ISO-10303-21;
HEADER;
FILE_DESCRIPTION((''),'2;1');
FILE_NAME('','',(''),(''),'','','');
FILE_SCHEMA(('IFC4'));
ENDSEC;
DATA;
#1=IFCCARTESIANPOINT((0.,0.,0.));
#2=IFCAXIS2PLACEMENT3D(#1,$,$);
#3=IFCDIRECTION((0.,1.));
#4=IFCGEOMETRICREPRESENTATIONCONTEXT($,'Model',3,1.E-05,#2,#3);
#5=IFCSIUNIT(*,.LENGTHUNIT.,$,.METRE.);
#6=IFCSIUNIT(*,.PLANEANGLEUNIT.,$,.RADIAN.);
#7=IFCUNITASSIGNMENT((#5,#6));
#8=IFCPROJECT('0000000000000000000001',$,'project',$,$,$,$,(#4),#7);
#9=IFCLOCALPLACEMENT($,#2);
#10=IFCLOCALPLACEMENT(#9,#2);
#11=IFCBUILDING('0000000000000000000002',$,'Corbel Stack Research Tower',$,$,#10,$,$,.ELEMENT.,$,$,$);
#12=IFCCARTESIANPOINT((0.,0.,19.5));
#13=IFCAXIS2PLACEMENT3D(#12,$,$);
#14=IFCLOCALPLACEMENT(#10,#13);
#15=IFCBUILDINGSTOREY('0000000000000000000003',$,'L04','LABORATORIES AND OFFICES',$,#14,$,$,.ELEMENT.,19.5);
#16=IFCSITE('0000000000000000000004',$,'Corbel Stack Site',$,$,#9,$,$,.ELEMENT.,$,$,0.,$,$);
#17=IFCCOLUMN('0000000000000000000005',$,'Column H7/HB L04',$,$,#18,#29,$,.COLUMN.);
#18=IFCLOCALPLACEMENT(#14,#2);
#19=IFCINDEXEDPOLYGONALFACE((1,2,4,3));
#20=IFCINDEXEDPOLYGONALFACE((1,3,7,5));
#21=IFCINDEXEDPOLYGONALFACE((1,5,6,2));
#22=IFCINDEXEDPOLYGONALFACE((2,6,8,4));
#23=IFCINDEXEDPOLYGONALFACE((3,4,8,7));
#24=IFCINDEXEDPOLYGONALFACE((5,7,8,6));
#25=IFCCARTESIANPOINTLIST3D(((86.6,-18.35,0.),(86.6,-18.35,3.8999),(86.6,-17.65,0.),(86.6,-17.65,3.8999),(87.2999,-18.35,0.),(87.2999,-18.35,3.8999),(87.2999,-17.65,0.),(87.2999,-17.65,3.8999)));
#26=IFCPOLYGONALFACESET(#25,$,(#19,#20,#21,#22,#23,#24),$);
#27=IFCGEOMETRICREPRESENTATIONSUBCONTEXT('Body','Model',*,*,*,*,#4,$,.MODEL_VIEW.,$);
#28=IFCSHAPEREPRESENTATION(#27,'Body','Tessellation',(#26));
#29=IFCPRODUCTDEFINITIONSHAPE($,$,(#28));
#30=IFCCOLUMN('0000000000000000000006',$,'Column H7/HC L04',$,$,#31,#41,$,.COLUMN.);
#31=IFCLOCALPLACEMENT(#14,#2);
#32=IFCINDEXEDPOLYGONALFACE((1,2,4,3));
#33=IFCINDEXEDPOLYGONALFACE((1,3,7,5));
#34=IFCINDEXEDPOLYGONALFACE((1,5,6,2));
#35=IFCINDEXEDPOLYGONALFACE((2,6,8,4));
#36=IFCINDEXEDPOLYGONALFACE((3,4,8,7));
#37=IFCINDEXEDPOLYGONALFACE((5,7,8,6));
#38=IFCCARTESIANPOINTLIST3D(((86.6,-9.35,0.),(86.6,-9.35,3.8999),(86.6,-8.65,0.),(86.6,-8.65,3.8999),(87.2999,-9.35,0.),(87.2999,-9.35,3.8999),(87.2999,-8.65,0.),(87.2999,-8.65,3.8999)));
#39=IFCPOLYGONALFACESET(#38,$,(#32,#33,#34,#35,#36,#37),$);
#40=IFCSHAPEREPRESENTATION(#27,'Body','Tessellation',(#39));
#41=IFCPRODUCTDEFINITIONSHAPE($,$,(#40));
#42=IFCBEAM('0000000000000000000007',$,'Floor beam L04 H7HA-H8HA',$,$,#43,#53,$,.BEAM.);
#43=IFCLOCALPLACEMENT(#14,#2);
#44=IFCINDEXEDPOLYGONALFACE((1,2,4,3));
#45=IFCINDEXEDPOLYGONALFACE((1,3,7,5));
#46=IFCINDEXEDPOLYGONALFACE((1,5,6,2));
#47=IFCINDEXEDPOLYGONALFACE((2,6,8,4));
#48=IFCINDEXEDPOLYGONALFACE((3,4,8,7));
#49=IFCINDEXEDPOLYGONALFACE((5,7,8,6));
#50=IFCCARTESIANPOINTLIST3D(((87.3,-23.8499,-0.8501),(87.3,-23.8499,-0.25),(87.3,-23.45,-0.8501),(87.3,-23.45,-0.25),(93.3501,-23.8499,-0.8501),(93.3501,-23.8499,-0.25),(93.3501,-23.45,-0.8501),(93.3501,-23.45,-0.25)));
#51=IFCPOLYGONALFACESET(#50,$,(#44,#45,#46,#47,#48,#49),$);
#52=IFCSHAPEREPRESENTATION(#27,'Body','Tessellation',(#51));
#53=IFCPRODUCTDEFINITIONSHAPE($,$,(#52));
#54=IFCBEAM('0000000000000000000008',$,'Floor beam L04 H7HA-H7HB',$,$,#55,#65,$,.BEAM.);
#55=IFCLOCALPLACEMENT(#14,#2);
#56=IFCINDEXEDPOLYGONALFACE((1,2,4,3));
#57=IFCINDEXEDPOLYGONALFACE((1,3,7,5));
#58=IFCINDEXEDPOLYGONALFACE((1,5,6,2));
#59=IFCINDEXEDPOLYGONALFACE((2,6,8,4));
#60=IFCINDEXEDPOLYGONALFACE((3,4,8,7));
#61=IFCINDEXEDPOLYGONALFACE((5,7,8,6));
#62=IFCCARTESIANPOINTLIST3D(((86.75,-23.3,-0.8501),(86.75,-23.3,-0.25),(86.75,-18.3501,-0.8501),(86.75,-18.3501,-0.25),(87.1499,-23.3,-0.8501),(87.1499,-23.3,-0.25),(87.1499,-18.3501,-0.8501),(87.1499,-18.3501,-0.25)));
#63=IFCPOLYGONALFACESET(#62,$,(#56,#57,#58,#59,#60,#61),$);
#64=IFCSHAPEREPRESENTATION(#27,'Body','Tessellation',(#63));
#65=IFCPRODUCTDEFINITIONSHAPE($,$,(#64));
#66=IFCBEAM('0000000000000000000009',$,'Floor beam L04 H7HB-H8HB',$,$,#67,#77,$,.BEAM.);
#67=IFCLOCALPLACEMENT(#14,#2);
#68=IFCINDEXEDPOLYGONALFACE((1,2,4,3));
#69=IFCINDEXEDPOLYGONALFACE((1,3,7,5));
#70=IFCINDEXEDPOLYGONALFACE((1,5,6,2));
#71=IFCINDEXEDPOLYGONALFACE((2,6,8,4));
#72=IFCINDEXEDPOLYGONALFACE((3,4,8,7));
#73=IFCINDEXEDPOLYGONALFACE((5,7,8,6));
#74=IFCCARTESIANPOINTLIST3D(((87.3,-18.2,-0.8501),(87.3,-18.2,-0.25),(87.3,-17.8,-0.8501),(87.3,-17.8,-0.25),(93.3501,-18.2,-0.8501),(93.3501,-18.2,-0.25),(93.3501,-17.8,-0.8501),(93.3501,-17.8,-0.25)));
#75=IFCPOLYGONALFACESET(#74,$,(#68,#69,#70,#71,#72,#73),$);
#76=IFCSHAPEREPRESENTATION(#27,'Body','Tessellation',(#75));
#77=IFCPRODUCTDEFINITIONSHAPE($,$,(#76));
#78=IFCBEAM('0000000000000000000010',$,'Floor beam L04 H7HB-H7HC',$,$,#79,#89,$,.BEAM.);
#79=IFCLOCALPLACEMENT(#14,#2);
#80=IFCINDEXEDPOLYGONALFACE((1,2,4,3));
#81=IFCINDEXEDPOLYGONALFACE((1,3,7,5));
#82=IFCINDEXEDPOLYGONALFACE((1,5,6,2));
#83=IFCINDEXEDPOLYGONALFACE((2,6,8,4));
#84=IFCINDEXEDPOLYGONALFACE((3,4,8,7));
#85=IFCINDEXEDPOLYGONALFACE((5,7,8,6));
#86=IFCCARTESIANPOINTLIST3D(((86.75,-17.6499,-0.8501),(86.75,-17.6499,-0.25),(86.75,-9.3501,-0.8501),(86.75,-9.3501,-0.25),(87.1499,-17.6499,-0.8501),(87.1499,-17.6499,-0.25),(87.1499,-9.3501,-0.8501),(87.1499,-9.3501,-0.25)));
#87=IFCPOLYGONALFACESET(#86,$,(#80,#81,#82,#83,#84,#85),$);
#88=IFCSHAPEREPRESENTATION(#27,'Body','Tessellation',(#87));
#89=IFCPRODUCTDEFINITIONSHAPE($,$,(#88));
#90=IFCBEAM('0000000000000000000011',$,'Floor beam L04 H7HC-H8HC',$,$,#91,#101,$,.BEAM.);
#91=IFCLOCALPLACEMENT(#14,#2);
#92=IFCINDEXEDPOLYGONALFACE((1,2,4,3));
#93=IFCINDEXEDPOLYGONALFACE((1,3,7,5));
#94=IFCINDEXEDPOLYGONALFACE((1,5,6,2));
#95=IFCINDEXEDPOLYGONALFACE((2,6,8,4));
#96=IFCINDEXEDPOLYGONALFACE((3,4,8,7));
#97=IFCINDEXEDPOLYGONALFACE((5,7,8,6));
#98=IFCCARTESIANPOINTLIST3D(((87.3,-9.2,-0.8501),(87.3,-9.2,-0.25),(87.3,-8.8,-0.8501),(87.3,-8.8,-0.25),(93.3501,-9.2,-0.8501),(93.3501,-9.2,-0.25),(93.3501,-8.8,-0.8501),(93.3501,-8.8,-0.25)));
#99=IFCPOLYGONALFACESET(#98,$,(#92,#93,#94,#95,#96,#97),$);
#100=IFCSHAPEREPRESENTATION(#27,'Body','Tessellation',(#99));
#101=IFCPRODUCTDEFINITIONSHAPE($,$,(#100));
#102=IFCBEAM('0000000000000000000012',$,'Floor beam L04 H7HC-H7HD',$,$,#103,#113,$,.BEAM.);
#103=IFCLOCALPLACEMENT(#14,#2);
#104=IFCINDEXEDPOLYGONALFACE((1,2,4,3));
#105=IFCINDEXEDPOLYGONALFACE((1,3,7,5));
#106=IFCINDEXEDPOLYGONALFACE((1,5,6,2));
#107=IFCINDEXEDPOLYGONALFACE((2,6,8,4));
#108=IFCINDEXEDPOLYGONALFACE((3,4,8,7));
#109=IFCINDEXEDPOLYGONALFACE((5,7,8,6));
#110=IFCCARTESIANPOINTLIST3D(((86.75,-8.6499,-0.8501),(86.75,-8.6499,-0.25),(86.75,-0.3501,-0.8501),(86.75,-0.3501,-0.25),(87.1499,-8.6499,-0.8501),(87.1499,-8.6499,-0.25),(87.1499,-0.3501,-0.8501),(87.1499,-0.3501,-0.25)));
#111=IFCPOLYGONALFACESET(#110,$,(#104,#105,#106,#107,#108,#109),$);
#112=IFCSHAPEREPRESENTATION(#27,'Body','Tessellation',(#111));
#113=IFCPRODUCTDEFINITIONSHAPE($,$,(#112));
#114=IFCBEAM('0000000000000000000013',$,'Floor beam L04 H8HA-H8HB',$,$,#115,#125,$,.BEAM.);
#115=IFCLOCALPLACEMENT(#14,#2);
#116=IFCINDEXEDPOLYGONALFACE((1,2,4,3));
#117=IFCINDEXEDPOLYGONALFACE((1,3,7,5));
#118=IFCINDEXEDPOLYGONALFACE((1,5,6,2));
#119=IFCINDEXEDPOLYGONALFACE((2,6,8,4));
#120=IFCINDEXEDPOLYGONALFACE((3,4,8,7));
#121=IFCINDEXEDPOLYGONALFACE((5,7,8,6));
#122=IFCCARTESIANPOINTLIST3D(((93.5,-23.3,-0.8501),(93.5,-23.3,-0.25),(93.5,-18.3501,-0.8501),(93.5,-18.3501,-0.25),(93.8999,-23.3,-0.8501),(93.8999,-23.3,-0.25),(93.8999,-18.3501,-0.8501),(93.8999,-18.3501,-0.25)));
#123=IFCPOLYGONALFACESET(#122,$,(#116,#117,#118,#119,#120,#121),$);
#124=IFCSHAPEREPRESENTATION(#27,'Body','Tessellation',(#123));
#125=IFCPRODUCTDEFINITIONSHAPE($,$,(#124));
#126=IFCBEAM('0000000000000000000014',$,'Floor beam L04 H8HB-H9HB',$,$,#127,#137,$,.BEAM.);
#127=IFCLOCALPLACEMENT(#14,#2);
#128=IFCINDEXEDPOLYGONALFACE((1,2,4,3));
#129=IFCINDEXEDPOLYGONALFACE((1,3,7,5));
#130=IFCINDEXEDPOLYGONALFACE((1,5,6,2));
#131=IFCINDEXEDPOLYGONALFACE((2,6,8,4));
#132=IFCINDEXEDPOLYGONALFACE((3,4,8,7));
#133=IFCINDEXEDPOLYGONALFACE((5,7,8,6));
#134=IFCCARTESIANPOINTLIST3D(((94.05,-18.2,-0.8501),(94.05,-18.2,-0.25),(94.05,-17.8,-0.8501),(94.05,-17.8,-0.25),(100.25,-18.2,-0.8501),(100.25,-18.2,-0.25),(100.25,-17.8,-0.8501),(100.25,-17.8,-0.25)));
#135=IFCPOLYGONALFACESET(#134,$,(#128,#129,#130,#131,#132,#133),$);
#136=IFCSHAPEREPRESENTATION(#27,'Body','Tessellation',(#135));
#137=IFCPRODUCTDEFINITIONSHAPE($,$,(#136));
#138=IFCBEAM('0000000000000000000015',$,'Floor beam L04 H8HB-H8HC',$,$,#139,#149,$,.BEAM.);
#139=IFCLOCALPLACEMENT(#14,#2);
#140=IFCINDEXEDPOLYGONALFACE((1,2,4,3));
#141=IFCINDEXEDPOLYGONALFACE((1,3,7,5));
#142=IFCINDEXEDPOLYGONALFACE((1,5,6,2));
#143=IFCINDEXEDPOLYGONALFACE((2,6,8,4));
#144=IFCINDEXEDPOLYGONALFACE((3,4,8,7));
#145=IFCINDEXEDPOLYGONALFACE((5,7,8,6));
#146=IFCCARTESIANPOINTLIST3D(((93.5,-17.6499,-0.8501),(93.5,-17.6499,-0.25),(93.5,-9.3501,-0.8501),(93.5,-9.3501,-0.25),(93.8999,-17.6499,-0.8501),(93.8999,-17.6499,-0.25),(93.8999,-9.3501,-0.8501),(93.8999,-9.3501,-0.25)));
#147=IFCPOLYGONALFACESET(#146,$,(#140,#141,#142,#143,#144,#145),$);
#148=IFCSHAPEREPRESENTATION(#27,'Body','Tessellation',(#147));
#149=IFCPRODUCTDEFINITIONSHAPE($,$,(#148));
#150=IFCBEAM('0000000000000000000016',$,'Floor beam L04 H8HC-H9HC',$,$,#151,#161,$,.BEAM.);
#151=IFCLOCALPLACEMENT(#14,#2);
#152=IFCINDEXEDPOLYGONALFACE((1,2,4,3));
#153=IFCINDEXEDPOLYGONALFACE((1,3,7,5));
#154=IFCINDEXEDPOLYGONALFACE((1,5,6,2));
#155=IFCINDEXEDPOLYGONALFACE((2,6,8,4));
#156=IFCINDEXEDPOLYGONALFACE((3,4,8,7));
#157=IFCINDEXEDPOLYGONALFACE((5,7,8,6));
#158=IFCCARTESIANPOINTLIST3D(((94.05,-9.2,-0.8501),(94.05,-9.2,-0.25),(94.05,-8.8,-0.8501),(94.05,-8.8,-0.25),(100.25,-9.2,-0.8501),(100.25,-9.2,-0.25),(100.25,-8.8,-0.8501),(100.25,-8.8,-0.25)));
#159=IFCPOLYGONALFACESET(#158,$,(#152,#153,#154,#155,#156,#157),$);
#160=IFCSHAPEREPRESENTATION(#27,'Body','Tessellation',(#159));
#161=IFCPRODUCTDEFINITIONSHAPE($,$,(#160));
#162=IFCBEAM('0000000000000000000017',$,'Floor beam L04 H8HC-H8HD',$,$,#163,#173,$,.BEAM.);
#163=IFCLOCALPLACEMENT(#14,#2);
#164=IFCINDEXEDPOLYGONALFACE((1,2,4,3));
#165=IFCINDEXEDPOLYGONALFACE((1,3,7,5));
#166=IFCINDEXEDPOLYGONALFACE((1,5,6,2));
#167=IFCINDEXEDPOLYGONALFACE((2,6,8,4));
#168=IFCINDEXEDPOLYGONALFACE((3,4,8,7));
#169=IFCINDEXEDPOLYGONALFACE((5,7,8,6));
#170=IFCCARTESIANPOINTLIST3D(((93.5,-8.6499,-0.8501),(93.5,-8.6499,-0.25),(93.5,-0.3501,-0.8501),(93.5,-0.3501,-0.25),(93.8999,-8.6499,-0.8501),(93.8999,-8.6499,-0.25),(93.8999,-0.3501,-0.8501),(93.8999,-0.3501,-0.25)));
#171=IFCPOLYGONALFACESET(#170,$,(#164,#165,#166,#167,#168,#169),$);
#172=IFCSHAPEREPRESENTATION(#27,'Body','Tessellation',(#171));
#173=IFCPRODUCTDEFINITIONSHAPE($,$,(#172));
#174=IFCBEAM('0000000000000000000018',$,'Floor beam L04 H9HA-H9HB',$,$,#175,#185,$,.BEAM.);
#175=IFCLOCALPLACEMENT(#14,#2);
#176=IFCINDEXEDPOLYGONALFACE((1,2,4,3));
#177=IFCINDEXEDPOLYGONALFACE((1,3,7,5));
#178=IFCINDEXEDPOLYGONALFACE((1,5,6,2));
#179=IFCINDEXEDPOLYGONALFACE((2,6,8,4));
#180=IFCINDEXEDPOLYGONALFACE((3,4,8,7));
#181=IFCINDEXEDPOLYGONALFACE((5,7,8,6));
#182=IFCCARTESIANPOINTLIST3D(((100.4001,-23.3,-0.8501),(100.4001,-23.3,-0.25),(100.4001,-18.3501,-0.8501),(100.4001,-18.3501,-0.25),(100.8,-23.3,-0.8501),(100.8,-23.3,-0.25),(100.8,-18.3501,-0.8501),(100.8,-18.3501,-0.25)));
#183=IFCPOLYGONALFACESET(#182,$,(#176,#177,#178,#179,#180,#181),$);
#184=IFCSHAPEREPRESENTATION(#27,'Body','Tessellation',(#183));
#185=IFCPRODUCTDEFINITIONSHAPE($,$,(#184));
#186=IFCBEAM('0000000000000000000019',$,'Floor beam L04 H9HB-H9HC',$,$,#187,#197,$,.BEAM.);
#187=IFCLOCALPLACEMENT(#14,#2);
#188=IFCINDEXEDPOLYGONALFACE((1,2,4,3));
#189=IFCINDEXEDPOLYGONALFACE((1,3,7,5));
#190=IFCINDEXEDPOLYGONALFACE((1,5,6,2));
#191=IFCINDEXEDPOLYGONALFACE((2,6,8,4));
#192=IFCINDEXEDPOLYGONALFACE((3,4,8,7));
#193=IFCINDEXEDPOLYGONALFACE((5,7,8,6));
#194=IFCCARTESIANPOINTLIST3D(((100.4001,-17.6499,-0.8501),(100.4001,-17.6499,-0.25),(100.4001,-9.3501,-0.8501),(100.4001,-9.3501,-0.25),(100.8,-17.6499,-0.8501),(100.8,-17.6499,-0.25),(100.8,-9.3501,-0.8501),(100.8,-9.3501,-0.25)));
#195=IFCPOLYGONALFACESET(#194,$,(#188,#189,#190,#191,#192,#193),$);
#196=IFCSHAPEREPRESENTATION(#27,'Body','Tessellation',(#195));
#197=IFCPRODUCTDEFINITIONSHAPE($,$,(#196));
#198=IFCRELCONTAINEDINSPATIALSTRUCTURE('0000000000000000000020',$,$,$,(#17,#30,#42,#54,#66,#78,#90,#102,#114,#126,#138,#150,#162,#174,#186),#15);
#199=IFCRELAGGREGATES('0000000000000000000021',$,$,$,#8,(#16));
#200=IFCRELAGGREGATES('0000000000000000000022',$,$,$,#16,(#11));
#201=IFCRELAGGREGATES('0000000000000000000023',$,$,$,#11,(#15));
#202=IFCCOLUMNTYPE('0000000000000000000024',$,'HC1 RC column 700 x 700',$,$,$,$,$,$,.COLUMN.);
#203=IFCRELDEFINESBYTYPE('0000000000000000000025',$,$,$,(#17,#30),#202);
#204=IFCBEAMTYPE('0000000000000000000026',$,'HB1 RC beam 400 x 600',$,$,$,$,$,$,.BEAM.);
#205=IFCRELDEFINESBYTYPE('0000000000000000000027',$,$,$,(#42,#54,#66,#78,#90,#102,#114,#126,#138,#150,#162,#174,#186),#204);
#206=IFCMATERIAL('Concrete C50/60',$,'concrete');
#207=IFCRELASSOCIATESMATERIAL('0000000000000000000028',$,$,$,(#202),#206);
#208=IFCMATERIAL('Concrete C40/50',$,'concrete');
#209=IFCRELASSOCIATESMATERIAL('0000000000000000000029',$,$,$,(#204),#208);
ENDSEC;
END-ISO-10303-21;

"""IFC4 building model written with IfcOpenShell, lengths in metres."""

from ifc_helpers import new_model, si_unit, direction, frame, origin, origin_2d, place, context, subcontext, project, spatial, rectangle, extrude, material, material_profile, profile_set, type_object, element, save


model = new_model("IFC4")

# Units and contexts
model_context = context("Model", 3, precision=1e-05, world=origin(), true_north=direction((0.0, 1.0)))
body_context = subcontext(model_context, "Body", "Model", "MODEL_VIEW")
ifc_project = project(units=[si_unit("LENGTHUNIT", "METRE"), si_unit("PLANEANGLEUNIT", "RADIAN")], contexts=[model_context])

# Site, building, storey
site_placement = place(None, origin())
site = spatial("IfcSite", under=ifc_project, at=site_placement, Name="Corbel Stack Site", CompositionType="ELEMENT", RefElevation=0.0)
building_placement = place(site_placement, origin())
building = spatial("IfcBuilding", under=site, at=building_placement, Name="Corbel Stack Research Tower", CompositionType="ELEMENT")
storey_placement = place(building_placement, frame((0.0, 0.0, 19.5)))
storey = spatial("IfcBuildingStorey", under=building, at=storey_placement, Name="L04", Description="LABORATORIES AND OFFICES", CompositionType="ELEMENT", Elevation=19.5)

# Columns
ifc_material_1 = material(Name="Concrete C50/60", Category="concrete")
ifc_material_profile_1 = material_profile(ifc_material_1, rectangle(XDim=0.7, YDim=0.7, at=origin_2d()), Name="RC 700 x 700")
ifc_profile_set_1 = profile_set([ifc_material_profile_1], Name="Concrete C50/60")
column_type = type_object("IfcColumnType", Name="HC1 RC column 700 x 700", PredefinedType="COLUMN", material=ifc_profile_set_1)
for number, where, z_axis, x_axis, name in (
    (1, (86.95, -18.0, 0.0), (0.0, 0.0, 1.0), (1.0, 0.0, 0.0), "Column H7/HB L04"),
    (2, (86.95, -9.0, 0.0), (0.0, 0.0, 1.0), (1.0, 0.0, 0.0), "Column H7/HC L04"),
):
    element("IfcColumn", number, at=place(storey_placement, frame(where, z_axis=z_axis, x_axis=x_axis)), inside=storey, type_object=column_type, Name=name, PredefinedType="COLUMN", context=body_context, shape_type="SweptSolid", body=[
        extrude(rectangle(XDim=0.7, YDim=0.7, at=origin_2d()), origin(), (0.0, 0.0, 1.0), 3.8999),
    ])

# Beams
ifc_material_2 = material(Name="Concrete C40/50", Category="concrete")
ifc_material_profile_2 = material_profile(ifc_material_2, rectangle(XDim=0.3999, YDim=0.6001, at=origin_2d()), Name="RC 400 x 600")
ifc_profile_set_2 = profile_set([ifc_material_profile_2], Name="Concrete C40/50")
beam_type_1 = type_object("IfcBeamType", Name="HB1 RC beam 400 x 600", PredefinedType="BEAM", material=ifc_profile_set_2)
beam_1_placement = place(storey_placement, frame((87.3, -23.6499, -0.55), z_axis=(1.0, 0.0, 0.0), x_axis=(0.0, 1.0, 0.0)))
element("IfcBeam", 3, at=beam_1_placement, inside=storey, type_object=beam_type_1, Name="Floor beam L04 H7HA-H8HA", PredefinedType="BEAM", context=body_context, shape_type="SweptSolid", body=[
    extrude(rectangle(XDim=0.3999, YDim=0.6001, at=origin_2d()), origin(), (0.0, 0.0, 1.0), 6.05),
])
beam_2_placement = place(storey_placement, frame((86.95, -23.3, -0.55), z_axis=(0.0, 1.0, 0.0), x_axis=(-1.0, 0.0, 0.0)))
element("IfcBeam", 4, at=beam_2_placement, inside=storey, type_object=beam_type_1, Name="Floor beam L04 H7HA-H7HB", PredefinedType="BEAM", context=body_context, shape_type="SweptSolid", body=[
    extrude(rectangle(XDim=0.3999, YDim=0.6001, at=origin_2d()), origin(), (0.0, 0.0, 1.0), 4.95),
])
beam_3_placement = place(storey_placement, frame((87.3, -18.0, -0.55), z_axis=(1.0, 0.0, 0.0), x_axis=(0.0, 1.0, 0.0)))
element("IfcBeam", 5, at=beam_3_placement, inside=storey, type_object=beam_type_1, Name="Floor beam L04 H7HB-H8HB", PredefinedType="BEAM", context=body_context, shape_type="SweptSolid", body=[
    extrude(rectangle(XDim=0.3999, YDim=0.6001, at=origin_2d()), origin(), (0.0, 0.0, 1.0), 6.05),
])
beam_4_placement = place(storey_placement, frame((86.95, -17.6499, -0.55), z_axis=(0.0, 1.0, 0.0), x_axis=(-1.0, 0.0, 0.0)))
element("IfcBeam", 6, at=beam_4_placement, inside=storey, type_object=beam_type_1, Name="Floor beam L04 H7HB-H7HC", PredefinedType="BEAM", context=body_context, shape_type="SweptSolid", body=[
    extrude(rectangle(XDim=0.3999, YDim=0.6001, at=origin_2d()), origin(), (0.0, 0.0, 1.0), 8.2998),
])
beam_5_placement = place(storey_placement, frame((87.3, -9.0, -0.55), z_axis=(1.0, 0.0, 0.0), x_axis=(0.0, 1.0, 0.0)))
element("IfcBeam", 7, at=beam_5_placement, inside=storey, type_object=beam_type_1, Name="Floor beam L04 H7HC-H8HC", PredefinedType="BEAM", context=body_context, shape_type="SweptSolid", body=[
    extrude(rectangle(XDim=0.3999, YDim=0.6001, at=origin_2d()), origin(), (0.0, 0.0, 1.0), 6.05),
])
beam_6_placement = place(storey_placement, frame((86.95, -8.6499, -0.55), z_axis=(0.0, 1.0, 0.0), x_axis=(-1.0, 0.0, 0.0)))
element("IfcBeam", 8, at=beam_6_placement, inside=storey, type_object=beam_type_1, Name="Floor beam L04 H7HC-H7HD", PredefinedType="BEAM", context=body_context, shape_type="SweptSolid", body=[
    extrude(rectangle(XDim=0.3999, YDim=0.6001, at=origin_2d()), origin(), (0.0, 0.0, 1.0), 8.2998),
])
beam_7_placement = place(storey_placement, frame((93.7, -23.3, -0.55), z_axis=(0.0, 1.0, 0.0), x_axis=(-1.0, 0.0, 0.0)))
element("IfcBeam", 9, at=beam_7_placement, inside=storey, type_object=beam_type_1, Name="Floor beam L04 H8HA-H8HB", PredefinedType="BEAM", context=body_context, shape_type="SweptSolid", body=[
    extrude(rectangle(XDim=0.3999, YDim=0.6001, at=origin_2d()), origin(), (0.0, 0.0, 1.0), 4.95),
])
beam_8_placement = place(storey_placement, frame((94.05, -18.0, -0.55), z_axis=(1.0, 0.0, 0.0), x_axis=(0.0, 1.0, 0.0)))
element("IfcBeam", 10, at=beam_8_placement, inside=storey, type_object=beam_type_1, Name="Floor beam L04 H8HB-H9HB", PredefinedType="BEAM", context=body_context, shape_type="SweptSolid", body=[
    extrude(rectangle(XDim=0.3999, YDim=0.6001, at=origin_2d()), origin(), (0.0, 0.0, 1.0), 6.2),
])
beam_9_placement = place(storey_placement, frame((93.7, -17.6499, -0.55), z_axis=(0.0, 1.0, 0.0), x_axis=(-1.0, 0.0, 0.0)))
element("IfcBeam", 11, at=beam_9_placement, inside=storey, type_object=beam_type_1, Name="Floor beam L04 H8HB-H8HC", PredefinedType="BEAM", context=body_context, shape_type="SweptSolid", body=[
    extrude(rectangle(XDim=0.3999, YDim=0.6001, at=origin_2d()), origin(), (0.0, 0.0, 1.0), 8.2998),
])
beam_10_placement = place(storey_placement, frame((94.05, -9.0, -0.55), z_axis=(1.0, 0.0, 0.0), x_axis=(0.0, 1.0, 0.0)))
element("IfcBeam", 12, at=beam_10_placement, inside=storey, type_object=beam_type_1, Name="Floor beam L04 H8HC-H9HC", PredefinedType="BEAM", context=body_context, shape_type="SweptSolid", body=[
    extrude(rectangle(XDim=0.3999, YDim=0.6001, at=origin_2d()), origin(), (0.0, 0.0, 1.0), 6.2),
])
beam_11_placement = place(storey_placement, frame((93.7, -8.6499, -0.55), z_axis=(0.0, 1.0, 0.0), x_axis=(-1.0, 0.0, 0.0)))
element("IfcBeam", 13, at=beam_11_placement, inside=storey, type_object=beam_type_1, Name="Floor beam L04 H8HC-H8HD", PredefinedType="BEAM", context=body_context, shape_type="SweptSolid", body=[
    extrude(rectangle(XDim=0.3999, YDim=0.6001, at=origin_2d()), origin(), (0.0, 0.0, 1.0), 8.2998),
])
beam_12_placement = place(storey_placement, frame((100.6001, -23.3, -0.55), z_axis=(0.0, 1.0, 0.0), x_axis=(-1.0, 0.0, 0.0)))
element("IfcBeam", 14, at=beam_12_placement, inside=storey, type_object=beam_type_1, Name="Floor beam L04 H9HA-H9HB", PredefinedType="BEAM", context=body_context, shape_type="SweptSolid", body=[
    extrude(rectangle(XDim=0.3999, YDim=0.6001, at=origin_2d()), origin(), (0.0, 0.0, 1.0), 4.95),
])
for number, where, z_axis, x_axis, name in (
    (15, (100.6001, -17.6499, -0.55), (0.0, 1.0, 0.0), (-1.0, 0.0, 0.0), "Floor beam L04 H9HB-H9HC"),
):
    element("IfcBeam", number, at=place(storey_placement, frame(where, z_axis=z_axis, x_axis=x_axis)), inside=storey, type_object=beam_type_1, Name=name, PredefinedType="BEAM", context=body_context, shape_type="SweptSolid", body=[
        extrude(rectangle(XDim=0.3999, YDim=0.6001, at=origin_2d()), origin(), (0.0, 0.0, 1.0), 8.2998),
    ])

save(model, "model.ifc")
